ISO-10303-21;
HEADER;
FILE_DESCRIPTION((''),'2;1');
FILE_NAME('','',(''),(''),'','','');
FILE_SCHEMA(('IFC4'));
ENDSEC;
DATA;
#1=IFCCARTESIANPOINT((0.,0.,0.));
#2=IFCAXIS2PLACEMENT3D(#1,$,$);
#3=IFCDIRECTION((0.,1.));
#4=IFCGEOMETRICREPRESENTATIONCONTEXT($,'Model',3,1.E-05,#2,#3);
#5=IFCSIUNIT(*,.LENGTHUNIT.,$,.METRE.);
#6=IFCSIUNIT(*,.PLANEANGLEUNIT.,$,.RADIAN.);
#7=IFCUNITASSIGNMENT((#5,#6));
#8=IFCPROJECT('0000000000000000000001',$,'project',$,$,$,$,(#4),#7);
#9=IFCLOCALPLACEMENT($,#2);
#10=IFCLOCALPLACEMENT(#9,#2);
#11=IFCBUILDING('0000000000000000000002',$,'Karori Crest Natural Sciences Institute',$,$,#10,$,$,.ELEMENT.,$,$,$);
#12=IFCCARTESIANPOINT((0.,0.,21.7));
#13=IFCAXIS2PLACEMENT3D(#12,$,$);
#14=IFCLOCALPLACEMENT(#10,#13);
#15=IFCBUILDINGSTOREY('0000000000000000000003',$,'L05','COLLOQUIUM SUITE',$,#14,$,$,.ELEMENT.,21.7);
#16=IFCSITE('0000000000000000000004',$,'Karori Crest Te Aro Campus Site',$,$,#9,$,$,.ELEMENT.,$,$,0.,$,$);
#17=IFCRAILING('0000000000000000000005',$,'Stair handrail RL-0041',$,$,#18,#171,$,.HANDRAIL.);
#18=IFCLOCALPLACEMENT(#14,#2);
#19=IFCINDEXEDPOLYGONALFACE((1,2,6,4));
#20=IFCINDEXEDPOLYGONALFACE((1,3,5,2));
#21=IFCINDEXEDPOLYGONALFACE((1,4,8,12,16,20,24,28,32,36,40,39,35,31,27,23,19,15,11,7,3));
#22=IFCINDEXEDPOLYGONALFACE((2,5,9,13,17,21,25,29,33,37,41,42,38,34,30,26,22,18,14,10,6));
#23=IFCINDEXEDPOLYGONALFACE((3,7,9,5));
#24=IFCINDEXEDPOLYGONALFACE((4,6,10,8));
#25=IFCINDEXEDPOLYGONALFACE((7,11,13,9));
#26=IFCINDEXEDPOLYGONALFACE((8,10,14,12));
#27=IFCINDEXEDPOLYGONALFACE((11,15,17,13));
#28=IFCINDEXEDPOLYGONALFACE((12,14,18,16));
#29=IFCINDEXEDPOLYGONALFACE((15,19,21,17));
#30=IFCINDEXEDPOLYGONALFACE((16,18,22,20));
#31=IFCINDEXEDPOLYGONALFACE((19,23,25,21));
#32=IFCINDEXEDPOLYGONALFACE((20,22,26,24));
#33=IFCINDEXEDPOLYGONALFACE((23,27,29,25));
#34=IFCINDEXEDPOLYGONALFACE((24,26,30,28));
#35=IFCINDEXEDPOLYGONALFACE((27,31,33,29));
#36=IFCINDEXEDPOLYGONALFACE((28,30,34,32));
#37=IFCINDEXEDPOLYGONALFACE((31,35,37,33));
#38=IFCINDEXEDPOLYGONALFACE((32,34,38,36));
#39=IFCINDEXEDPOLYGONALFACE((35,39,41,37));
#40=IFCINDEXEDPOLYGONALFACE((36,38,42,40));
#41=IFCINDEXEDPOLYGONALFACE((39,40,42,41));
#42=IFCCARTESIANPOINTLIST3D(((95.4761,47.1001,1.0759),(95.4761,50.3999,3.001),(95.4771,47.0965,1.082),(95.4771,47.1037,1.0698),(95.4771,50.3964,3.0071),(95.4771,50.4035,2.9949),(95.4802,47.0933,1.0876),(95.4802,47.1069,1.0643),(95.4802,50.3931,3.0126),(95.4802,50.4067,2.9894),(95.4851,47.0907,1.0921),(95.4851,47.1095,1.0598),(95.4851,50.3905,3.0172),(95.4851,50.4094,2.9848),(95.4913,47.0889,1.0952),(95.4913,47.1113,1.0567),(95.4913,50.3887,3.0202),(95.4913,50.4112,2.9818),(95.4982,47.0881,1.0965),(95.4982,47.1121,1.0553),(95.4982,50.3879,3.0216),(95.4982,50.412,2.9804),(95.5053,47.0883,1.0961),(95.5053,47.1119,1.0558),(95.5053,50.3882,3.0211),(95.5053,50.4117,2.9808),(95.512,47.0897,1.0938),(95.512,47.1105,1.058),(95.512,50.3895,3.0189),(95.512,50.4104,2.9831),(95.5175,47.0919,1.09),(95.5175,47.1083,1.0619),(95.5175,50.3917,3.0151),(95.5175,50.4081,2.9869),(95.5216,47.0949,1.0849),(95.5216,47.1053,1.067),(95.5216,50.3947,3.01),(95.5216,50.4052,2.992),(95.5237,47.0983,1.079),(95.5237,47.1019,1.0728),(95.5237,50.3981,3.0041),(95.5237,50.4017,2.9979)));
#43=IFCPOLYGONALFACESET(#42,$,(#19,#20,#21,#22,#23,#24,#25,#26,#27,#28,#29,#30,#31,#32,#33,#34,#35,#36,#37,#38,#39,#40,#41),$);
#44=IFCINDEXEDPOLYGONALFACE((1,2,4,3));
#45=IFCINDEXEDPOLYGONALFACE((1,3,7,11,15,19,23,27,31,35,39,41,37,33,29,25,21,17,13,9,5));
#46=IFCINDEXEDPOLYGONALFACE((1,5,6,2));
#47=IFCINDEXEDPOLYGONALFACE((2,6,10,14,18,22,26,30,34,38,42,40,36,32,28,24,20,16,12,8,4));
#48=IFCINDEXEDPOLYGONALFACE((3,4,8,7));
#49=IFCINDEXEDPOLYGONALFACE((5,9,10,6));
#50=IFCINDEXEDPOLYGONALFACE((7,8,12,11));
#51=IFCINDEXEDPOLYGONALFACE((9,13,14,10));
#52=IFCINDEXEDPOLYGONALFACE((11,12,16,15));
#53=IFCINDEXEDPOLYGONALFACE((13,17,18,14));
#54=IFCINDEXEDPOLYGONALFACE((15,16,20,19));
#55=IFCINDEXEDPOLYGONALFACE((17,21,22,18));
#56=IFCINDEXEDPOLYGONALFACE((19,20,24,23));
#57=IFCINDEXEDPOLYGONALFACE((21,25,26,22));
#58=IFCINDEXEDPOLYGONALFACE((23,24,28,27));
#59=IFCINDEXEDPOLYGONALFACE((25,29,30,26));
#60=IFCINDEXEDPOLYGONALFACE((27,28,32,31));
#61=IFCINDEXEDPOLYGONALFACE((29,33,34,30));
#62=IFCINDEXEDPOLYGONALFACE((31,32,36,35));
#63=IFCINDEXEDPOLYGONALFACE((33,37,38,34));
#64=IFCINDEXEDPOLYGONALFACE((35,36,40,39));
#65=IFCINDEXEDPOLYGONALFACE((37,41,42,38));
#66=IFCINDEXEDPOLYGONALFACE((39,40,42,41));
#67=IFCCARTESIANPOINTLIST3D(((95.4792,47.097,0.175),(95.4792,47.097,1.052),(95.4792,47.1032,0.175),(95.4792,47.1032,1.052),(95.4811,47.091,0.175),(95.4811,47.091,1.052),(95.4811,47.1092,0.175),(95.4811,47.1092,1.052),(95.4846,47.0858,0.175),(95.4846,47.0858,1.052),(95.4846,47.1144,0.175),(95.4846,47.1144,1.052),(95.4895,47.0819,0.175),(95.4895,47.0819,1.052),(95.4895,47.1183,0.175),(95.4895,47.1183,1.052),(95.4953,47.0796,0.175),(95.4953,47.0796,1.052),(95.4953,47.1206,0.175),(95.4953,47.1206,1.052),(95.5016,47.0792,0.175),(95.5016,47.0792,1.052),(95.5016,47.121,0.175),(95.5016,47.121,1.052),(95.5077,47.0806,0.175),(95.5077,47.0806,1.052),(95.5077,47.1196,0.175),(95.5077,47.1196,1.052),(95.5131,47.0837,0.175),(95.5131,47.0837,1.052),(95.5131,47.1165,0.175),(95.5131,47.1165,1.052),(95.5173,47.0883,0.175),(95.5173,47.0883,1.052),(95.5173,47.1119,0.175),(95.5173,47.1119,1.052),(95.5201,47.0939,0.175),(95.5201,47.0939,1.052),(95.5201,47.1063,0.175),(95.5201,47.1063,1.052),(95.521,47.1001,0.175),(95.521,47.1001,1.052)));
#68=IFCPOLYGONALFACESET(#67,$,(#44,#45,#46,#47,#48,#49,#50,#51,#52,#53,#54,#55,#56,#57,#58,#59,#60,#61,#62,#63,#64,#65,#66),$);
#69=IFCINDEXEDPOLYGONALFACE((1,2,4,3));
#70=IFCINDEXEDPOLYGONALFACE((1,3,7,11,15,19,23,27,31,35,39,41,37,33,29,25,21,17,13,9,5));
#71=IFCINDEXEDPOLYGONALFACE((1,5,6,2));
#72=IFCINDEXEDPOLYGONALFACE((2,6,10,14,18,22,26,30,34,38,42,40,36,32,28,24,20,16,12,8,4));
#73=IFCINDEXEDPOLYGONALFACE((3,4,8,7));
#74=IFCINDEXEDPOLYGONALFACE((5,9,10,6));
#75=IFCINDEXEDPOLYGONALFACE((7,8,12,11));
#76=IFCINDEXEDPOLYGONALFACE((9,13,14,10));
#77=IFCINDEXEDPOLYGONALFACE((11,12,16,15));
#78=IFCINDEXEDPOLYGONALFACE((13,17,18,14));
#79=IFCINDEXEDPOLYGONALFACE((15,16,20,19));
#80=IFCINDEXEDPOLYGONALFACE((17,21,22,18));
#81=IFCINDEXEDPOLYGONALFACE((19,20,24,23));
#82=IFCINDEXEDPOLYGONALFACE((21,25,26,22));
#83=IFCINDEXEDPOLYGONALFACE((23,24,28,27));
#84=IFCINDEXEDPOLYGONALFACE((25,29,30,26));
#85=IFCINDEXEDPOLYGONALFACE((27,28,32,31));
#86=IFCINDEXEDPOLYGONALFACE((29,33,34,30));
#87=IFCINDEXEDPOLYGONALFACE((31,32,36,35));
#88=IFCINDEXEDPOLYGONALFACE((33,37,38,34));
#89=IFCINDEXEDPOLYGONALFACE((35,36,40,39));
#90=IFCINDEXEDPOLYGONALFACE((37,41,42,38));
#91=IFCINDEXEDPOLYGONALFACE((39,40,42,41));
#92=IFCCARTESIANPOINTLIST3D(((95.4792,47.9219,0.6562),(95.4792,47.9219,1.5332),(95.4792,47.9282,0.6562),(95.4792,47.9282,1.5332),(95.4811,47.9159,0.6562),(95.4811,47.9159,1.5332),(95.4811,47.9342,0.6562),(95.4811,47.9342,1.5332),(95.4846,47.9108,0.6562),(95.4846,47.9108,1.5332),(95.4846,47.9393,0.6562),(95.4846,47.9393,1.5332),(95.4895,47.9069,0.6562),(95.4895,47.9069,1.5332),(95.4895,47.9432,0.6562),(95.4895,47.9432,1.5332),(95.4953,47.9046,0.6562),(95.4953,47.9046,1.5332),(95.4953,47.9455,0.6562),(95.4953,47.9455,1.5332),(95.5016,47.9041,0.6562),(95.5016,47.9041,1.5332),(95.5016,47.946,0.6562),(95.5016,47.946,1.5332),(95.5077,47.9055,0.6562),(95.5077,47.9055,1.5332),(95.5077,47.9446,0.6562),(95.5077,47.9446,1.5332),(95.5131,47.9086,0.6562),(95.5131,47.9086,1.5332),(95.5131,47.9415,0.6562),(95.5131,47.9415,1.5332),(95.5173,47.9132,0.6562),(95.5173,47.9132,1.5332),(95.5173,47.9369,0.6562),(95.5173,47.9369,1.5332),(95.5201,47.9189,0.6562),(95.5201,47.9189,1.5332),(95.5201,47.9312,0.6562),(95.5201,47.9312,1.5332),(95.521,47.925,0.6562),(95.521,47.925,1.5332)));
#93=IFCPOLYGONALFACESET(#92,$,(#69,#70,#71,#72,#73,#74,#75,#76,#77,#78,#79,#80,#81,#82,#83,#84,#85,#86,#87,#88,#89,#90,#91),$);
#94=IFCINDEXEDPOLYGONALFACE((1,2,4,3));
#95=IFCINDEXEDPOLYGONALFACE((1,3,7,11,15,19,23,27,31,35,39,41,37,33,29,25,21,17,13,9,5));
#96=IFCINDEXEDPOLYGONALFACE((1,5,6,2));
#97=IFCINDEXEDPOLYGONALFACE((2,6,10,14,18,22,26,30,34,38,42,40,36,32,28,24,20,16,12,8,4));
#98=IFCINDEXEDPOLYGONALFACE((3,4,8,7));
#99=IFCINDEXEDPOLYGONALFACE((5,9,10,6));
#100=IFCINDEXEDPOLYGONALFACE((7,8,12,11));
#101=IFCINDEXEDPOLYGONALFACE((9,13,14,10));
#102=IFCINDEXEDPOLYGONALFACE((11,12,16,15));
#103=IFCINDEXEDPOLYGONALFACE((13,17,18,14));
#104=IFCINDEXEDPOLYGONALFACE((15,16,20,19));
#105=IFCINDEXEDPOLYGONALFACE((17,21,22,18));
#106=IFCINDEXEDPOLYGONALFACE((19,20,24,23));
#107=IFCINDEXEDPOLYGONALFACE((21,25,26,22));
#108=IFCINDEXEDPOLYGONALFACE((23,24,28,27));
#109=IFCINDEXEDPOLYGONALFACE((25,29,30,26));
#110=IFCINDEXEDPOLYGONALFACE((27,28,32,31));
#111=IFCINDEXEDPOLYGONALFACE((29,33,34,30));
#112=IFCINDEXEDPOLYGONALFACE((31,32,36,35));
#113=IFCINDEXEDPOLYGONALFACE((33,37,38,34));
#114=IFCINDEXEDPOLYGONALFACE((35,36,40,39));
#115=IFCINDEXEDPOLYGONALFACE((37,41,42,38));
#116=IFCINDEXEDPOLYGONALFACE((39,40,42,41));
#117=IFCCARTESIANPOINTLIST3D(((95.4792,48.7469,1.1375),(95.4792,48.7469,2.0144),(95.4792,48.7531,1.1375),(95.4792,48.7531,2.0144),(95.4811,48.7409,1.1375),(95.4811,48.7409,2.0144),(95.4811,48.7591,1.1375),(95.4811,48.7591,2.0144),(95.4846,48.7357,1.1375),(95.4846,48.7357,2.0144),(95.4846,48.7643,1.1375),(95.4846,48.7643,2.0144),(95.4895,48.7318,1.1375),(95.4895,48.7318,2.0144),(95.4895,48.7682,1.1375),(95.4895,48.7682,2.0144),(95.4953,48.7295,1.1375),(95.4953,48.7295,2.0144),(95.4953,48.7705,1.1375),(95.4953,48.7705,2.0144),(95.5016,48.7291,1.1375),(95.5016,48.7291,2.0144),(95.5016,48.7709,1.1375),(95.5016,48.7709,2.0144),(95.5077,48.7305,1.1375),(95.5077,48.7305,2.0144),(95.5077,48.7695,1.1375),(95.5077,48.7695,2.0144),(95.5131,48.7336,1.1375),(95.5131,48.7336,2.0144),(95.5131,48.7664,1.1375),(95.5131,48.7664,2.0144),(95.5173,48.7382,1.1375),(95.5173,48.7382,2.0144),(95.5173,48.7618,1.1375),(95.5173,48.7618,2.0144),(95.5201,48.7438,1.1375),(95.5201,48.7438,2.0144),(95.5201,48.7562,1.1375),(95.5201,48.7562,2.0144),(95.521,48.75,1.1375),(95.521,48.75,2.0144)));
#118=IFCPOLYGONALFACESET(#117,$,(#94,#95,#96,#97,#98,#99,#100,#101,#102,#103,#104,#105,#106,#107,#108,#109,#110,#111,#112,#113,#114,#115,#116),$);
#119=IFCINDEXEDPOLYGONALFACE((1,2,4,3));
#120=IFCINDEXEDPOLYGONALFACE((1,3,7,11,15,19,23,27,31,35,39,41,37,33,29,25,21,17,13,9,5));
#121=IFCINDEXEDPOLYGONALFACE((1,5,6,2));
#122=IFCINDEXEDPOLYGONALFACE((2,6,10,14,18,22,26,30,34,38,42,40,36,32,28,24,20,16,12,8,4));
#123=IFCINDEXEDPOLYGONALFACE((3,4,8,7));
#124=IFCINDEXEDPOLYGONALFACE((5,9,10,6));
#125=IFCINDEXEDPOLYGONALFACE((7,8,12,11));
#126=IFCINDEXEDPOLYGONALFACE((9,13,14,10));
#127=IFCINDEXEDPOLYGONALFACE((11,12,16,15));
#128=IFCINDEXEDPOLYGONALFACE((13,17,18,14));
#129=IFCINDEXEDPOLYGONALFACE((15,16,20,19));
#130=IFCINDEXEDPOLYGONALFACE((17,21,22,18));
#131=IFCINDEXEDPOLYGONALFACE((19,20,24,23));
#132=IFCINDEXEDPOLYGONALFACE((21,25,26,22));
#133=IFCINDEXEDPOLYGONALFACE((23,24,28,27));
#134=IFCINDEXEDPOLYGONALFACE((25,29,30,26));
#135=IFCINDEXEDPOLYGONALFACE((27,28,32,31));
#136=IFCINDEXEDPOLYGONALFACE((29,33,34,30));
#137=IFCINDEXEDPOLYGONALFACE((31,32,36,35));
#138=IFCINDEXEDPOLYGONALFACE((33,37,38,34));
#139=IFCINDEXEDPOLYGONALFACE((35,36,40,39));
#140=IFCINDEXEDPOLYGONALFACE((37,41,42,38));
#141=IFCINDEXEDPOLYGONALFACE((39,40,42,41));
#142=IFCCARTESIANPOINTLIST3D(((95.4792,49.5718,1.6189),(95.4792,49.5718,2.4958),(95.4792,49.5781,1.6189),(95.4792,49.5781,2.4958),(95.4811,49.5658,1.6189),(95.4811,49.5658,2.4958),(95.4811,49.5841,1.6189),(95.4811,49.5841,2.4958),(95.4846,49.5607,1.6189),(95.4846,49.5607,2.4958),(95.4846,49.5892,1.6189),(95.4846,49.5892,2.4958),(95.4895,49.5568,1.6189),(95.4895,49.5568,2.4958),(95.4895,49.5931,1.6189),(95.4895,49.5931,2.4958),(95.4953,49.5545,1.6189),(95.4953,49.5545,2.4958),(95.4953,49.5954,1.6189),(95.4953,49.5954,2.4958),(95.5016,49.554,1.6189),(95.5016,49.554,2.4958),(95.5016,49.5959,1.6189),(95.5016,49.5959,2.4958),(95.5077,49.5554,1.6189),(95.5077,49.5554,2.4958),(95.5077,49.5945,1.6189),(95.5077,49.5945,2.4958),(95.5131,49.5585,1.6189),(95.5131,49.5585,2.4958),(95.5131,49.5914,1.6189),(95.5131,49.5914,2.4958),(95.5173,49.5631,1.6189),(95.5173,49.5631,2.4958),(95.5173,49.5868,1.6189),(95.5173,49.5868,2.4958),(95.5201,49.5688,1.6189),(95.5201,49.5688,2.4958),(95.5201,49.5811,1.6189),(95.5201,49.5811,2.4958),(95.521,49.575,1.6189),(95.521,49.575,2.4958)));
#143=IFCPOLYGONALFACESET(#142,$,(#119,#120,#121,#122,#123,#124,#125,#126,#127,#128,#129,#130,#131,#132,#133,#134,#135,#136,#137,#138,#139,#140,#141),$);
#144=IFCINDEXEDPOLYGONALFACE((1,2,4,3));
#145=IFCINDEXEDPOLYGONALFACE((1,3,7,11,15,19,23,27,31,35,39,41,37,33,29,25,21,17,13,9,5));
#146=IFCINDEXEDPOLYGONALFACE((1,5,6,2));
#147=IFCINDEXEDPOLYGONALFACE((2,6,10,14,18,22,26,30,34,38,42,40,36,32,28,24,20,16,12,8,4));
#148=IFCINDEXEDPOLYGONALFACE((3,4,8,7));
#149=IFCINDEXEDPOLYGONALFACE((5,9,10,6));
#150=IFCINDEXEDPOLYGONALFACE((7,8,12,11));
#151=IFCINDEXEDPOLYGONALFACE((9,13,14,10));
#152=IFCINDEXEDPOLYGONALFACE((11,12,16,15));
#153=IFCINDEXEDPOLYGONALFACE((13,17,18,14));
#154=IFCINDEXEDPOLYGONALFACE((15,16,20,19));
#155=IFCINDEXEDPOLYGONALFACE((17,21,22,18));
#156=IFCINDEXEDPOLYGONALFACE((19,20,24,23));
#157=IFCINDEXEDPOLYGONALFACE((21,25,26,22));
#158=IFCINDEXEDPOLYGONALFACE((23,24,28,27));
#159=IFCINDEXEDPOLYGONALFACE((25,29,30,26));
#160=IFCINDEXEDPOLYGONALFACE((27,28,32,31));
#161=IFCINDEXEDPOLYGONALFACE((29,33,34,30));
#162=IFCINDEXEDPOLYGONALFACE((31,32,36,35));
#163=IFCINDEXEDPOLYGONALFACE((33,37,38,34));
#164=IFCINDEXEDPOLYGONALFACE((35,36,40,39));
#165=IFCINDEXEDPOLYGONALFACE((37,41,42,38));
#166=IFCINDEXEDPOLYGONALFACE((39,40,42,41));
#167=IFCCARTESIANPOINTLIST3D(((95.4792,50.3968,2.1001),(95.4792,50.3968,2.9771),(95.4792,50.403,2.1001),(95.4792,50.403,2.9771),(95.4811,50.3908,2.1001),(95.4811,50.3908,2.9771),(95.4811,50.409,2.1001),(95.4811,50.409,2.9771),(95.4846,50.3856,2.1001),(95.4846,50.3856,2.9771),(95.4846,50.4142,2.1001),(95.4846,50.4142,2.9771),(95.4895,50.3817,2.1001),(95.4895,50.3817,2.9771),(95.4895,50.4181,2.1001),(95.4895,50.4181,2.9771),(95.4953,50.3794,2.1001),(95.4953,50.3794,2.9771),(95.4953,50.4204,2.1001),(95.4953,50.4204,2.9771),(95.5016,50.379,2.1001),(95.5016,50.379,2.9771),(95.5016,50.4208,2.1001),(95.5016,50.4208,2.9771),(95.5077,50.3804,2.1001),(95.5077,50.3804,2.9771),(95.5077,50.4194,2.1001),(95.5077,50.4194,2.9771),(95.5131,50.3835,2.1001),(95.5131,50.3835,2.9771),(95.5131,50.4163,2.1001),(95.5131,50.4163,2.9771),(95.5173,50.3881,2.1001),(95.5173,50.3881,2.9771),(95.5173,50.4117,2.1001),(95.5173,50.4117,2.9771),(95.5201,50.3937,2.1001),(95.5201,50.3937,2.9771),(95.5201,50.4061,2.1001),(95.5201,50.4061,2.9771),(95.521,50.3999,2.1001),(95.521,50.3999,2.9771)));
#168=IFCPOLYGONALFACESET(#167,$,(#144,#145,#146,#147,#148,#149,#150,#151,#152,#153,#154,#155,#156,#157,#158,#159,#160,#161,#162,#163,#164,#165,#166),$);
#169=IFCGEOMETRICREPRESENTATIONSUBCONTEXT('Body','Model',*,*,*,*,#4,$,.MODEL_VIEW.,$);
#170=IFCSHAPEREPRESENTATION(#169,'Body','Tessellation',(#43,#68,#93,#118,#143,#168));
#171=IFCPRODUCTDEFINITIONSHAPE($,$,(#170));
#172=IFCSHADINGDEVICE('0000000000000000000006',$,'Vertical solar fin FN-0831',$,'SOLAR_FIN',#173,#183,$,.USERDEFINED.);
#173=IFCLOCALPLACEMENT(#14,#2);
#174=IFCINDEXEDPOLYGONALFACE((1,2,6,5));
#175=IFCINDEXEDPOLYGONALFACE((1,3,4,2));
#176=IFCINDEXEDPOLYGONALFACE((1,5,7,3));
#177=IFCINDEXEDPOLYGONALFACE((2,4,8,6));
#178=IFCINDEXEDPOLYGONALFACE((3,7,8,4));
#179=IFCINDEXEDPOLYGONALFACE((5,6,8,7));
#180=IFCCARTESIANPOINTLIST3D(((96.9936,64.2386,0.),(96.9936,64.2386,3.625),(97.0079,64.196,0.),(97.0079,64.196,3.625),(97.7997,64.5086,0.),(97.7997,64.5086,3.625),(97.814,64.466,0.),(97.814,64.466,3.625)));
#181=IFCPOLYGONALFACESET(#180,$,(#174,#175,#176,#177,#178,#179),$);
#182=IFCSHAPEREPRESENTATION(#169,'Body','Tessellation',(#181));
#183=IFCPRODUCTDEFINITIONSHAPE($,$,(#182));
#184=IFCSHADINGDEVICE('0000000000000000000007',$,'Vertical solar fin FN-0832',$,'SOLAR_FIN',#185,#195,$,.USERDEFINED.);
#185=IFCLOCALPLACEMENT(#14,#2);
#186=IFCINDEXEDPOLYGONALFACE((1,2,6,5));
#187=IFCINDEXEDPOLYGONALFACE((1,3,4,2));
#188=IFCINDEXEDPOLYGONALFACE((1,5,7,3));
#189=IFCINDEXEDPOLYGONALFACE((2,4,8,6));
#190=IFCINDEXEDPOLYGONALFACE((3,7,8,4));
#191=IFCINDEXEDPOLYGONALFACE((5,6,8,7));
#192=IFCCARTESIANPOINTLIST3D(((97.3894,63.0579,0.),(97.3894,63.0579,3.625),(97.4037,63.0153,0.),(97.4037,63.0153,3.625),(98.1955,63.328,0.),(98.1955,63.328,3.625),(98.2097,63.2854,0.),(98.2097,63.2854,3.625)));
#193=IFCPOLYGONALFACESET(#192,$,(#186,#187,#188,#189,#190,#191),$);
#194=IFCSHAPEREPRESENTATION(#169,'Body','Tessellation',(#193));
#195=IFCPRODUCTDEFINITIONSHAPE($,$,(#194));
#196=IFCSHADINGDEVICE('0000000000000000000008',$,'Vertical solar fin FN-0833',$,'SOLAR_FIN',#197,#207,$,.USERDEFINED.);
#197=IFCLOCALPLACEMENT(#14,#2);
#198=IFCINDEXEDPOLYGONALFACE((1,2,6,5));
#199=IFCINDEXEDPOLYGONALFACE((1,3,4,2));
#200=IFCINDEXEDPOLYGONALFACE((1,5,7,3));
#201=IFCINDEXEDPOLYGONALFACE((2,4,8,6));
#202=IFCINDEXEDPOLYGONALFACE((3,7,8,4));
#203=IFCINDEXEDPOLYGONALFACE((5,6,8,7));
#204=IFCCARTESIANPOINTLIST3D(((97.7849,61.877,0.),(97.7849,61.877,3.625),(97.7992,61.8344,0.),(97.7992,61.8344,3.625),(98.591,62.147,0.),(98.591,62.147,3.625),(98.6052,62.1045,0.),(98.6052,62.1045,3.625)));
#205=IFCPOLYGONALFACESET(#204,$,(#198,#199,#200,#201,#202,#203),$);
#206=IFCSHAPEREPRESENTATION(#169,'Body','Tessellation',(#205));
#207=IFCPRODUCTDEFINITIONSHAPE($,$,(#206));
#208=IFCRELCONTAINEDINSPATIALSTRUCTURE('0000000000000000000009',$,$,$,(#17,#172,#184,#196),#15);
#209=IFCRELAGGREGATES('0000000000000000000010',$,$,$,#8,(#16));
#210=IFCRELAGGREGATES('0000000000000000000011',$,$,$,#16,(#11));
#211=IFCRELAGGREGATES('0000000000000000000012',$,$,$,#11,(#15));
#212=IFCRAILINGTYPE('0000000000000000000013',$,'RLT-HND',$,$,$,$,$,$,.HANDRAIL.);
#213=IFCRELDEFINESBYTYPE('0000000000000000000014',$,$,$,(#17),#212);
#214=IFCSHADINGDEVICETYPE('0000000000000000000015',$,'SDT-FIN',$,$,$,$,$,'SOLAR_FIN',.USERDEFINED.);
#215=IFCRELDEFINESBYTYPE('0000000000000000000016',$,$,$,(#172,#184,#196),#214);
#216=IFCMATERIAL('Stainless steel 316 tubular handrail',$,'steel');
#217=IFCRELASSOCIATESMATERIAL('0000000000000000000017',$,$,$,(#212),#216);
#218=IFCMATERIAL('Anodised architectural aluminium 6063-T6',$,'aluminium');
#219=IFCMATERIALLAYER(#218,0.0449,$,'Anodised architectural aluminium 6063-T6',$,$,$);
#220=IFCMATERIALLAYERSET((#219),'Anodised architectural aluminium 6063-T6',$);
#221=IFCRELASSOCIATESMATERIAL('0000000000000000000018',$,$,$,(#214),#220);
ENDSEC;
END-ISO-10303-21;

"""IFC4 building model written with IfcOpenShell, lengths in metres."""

from ifc_helpers import new_model, si_unit, direction, frame, origin, origin_2d, place, context, subcontext, project, spatial, rectangle, circle, extrude, material, layer, layer_set, type_object, element, save


model = new_model("IFC4")

# Units and contexts
model_context = context("Model", 3, precision=1e-05, world=origin(), true_north=direction((0.0, 1.0)))
body_context = subcontext(model_context, "Body", "Model", "MODEL_VIEW")
ifc_project = project(units=[si_unit("LENGTHUNIT", "METRE"), si_unit("PLANEANGLEUNIT", "RADIAN")], contexts=[model_context])

# Site, building, storey
site_placement = place(None, origin())
site = spatial("IfcSite", under=ifc_project, at=site_placement, Name="Karori Crest Te Aro Campus Site", CompositionType="ELEMENT", RefElevation=0.0)
building_placement = place(site_placement, origin())
building = spatial("IfcBuilding", under=site, at=building_placement, Name="Karori Crest Natural Sciences Institute", CompositionType="ELEMENT")
storey_placement = place(building_placement, frame((0.0, 0.0, 21.7)))
storey = spatial("IfcBuildingStorey", under=building, at=storey_placement, Name="L05", Description="COLLOQUIUM SUITE", CompositionType="ELEMENT", Elevation=21.7)

# Shared definitions
ifc_material_1 = material(Name="Anodised architectural aluminium 6063-T6", Category="aluminium")

# Railing
ifc_material_2 = material(Name="Stainless steel 316 tubular handrail", Category="steel")
railing_type = type_object("IfcRailingType", Name="RLT-HND", PredefinedType="HANDRAIL", material=ifc_material_2)
railing_placement = place(storey_placement, frame((95.5, 47.1001, 0.175)))
element("IfcRailing", 1, at=railing_placement, inside=storey, type_object=railing_type, Name="Stair handrail RL-0041", PredefinedType="HANDRAIL", context=body_context, shape_type="SweptSolid", body=[
    extrude(circle(Radius=0.0239, at=origin_2d()), frame((0.0, 0.0, 0.9009), z_axis=(0.0, 0.86376, 0.503903), x_axis=(-1.0, 0.0, 0.0)), (0.0, 0.0, 1.0), 3.8203),
    extrude(circle(Radius=0.021, at=origin_2d()), origin(), (0.0, 0.0, 1.0), 0.877),
    extrude(circle(Radius=0.021, at=origin_2d()), frame((0.0, 0.825, 0.4812)), (0.0, 0.0, 1.0), 0.877),
    extrude(circle(Radius=0.021, at=origin_2d()), frame((0.0, 1.6499, 0.9624)), (0.0, 0.0, 1.0), 0.877),
    extrude(circle(Radius=0.021, at=origin_2d()), frame((0.0, 2.4749, 1.4438)), (0.0, 0.0, 1.0), 0.877),
    extrude(circle(Radius=0.021, at=origin_2d()), frame((0.0, 3.2998, 1.925)), (0.0, 0.0, 1.0), 0.877),
])

# Shading devices
ifc_layer_1 = layer(ifc_material_1, 0.0449, Name="Anodised architectural aluminium 6063-T6")
ifc_layer_set_1 = layer_set([ifc_layer_1], Name="Anodised architectural aluminium 6063-T6")
shading_device_type = type_object("IfcShadingDeviceType", Name="SDT-FIN", ElementType="SOLAR_FIN", PredefinedType="USERDEFINED", material=ifc_layer_set_1)
for number, where, z_axis, x_axis, name in (
    (2, (97.4038, 64.3523, 0.0), (0.0, 0.0, 1.0), (0.948198, 0.31768, 0.0), "Vertical solar fin FN-0831"),
    (3, (97.7996, 63.1716, 0.0), (0.0, 0.0, 1.0), (0.948198, 0.31768, 0.0), "Vertical solar fin FN-0832"),
    (4, (98.1951, 61.9907, 0.0), (0.0, 0.0, 1.0), (0.948198, 0.31768, 0.0), "Vertical solar fin FN-0833"),
):
    element("IfcShadingDevice", number, at=place(storey_placement, frame(where, z_axis=z_axis, x_axis=x_axis)), inside=storey, type_object=shading_device_type, Name=name, ObjectType="SOLAR_FIN", PredefinedType="USERDEFINED", context=body_context, shape_type="SweptSolid", body=[
        extrude(rectangle(XDim=0.8501, YDim=0.0449, at=origin_2d()), origin(), (0.0, 0.0, 1.0), 3.625),
    ])

save(model, "model.ifc")
